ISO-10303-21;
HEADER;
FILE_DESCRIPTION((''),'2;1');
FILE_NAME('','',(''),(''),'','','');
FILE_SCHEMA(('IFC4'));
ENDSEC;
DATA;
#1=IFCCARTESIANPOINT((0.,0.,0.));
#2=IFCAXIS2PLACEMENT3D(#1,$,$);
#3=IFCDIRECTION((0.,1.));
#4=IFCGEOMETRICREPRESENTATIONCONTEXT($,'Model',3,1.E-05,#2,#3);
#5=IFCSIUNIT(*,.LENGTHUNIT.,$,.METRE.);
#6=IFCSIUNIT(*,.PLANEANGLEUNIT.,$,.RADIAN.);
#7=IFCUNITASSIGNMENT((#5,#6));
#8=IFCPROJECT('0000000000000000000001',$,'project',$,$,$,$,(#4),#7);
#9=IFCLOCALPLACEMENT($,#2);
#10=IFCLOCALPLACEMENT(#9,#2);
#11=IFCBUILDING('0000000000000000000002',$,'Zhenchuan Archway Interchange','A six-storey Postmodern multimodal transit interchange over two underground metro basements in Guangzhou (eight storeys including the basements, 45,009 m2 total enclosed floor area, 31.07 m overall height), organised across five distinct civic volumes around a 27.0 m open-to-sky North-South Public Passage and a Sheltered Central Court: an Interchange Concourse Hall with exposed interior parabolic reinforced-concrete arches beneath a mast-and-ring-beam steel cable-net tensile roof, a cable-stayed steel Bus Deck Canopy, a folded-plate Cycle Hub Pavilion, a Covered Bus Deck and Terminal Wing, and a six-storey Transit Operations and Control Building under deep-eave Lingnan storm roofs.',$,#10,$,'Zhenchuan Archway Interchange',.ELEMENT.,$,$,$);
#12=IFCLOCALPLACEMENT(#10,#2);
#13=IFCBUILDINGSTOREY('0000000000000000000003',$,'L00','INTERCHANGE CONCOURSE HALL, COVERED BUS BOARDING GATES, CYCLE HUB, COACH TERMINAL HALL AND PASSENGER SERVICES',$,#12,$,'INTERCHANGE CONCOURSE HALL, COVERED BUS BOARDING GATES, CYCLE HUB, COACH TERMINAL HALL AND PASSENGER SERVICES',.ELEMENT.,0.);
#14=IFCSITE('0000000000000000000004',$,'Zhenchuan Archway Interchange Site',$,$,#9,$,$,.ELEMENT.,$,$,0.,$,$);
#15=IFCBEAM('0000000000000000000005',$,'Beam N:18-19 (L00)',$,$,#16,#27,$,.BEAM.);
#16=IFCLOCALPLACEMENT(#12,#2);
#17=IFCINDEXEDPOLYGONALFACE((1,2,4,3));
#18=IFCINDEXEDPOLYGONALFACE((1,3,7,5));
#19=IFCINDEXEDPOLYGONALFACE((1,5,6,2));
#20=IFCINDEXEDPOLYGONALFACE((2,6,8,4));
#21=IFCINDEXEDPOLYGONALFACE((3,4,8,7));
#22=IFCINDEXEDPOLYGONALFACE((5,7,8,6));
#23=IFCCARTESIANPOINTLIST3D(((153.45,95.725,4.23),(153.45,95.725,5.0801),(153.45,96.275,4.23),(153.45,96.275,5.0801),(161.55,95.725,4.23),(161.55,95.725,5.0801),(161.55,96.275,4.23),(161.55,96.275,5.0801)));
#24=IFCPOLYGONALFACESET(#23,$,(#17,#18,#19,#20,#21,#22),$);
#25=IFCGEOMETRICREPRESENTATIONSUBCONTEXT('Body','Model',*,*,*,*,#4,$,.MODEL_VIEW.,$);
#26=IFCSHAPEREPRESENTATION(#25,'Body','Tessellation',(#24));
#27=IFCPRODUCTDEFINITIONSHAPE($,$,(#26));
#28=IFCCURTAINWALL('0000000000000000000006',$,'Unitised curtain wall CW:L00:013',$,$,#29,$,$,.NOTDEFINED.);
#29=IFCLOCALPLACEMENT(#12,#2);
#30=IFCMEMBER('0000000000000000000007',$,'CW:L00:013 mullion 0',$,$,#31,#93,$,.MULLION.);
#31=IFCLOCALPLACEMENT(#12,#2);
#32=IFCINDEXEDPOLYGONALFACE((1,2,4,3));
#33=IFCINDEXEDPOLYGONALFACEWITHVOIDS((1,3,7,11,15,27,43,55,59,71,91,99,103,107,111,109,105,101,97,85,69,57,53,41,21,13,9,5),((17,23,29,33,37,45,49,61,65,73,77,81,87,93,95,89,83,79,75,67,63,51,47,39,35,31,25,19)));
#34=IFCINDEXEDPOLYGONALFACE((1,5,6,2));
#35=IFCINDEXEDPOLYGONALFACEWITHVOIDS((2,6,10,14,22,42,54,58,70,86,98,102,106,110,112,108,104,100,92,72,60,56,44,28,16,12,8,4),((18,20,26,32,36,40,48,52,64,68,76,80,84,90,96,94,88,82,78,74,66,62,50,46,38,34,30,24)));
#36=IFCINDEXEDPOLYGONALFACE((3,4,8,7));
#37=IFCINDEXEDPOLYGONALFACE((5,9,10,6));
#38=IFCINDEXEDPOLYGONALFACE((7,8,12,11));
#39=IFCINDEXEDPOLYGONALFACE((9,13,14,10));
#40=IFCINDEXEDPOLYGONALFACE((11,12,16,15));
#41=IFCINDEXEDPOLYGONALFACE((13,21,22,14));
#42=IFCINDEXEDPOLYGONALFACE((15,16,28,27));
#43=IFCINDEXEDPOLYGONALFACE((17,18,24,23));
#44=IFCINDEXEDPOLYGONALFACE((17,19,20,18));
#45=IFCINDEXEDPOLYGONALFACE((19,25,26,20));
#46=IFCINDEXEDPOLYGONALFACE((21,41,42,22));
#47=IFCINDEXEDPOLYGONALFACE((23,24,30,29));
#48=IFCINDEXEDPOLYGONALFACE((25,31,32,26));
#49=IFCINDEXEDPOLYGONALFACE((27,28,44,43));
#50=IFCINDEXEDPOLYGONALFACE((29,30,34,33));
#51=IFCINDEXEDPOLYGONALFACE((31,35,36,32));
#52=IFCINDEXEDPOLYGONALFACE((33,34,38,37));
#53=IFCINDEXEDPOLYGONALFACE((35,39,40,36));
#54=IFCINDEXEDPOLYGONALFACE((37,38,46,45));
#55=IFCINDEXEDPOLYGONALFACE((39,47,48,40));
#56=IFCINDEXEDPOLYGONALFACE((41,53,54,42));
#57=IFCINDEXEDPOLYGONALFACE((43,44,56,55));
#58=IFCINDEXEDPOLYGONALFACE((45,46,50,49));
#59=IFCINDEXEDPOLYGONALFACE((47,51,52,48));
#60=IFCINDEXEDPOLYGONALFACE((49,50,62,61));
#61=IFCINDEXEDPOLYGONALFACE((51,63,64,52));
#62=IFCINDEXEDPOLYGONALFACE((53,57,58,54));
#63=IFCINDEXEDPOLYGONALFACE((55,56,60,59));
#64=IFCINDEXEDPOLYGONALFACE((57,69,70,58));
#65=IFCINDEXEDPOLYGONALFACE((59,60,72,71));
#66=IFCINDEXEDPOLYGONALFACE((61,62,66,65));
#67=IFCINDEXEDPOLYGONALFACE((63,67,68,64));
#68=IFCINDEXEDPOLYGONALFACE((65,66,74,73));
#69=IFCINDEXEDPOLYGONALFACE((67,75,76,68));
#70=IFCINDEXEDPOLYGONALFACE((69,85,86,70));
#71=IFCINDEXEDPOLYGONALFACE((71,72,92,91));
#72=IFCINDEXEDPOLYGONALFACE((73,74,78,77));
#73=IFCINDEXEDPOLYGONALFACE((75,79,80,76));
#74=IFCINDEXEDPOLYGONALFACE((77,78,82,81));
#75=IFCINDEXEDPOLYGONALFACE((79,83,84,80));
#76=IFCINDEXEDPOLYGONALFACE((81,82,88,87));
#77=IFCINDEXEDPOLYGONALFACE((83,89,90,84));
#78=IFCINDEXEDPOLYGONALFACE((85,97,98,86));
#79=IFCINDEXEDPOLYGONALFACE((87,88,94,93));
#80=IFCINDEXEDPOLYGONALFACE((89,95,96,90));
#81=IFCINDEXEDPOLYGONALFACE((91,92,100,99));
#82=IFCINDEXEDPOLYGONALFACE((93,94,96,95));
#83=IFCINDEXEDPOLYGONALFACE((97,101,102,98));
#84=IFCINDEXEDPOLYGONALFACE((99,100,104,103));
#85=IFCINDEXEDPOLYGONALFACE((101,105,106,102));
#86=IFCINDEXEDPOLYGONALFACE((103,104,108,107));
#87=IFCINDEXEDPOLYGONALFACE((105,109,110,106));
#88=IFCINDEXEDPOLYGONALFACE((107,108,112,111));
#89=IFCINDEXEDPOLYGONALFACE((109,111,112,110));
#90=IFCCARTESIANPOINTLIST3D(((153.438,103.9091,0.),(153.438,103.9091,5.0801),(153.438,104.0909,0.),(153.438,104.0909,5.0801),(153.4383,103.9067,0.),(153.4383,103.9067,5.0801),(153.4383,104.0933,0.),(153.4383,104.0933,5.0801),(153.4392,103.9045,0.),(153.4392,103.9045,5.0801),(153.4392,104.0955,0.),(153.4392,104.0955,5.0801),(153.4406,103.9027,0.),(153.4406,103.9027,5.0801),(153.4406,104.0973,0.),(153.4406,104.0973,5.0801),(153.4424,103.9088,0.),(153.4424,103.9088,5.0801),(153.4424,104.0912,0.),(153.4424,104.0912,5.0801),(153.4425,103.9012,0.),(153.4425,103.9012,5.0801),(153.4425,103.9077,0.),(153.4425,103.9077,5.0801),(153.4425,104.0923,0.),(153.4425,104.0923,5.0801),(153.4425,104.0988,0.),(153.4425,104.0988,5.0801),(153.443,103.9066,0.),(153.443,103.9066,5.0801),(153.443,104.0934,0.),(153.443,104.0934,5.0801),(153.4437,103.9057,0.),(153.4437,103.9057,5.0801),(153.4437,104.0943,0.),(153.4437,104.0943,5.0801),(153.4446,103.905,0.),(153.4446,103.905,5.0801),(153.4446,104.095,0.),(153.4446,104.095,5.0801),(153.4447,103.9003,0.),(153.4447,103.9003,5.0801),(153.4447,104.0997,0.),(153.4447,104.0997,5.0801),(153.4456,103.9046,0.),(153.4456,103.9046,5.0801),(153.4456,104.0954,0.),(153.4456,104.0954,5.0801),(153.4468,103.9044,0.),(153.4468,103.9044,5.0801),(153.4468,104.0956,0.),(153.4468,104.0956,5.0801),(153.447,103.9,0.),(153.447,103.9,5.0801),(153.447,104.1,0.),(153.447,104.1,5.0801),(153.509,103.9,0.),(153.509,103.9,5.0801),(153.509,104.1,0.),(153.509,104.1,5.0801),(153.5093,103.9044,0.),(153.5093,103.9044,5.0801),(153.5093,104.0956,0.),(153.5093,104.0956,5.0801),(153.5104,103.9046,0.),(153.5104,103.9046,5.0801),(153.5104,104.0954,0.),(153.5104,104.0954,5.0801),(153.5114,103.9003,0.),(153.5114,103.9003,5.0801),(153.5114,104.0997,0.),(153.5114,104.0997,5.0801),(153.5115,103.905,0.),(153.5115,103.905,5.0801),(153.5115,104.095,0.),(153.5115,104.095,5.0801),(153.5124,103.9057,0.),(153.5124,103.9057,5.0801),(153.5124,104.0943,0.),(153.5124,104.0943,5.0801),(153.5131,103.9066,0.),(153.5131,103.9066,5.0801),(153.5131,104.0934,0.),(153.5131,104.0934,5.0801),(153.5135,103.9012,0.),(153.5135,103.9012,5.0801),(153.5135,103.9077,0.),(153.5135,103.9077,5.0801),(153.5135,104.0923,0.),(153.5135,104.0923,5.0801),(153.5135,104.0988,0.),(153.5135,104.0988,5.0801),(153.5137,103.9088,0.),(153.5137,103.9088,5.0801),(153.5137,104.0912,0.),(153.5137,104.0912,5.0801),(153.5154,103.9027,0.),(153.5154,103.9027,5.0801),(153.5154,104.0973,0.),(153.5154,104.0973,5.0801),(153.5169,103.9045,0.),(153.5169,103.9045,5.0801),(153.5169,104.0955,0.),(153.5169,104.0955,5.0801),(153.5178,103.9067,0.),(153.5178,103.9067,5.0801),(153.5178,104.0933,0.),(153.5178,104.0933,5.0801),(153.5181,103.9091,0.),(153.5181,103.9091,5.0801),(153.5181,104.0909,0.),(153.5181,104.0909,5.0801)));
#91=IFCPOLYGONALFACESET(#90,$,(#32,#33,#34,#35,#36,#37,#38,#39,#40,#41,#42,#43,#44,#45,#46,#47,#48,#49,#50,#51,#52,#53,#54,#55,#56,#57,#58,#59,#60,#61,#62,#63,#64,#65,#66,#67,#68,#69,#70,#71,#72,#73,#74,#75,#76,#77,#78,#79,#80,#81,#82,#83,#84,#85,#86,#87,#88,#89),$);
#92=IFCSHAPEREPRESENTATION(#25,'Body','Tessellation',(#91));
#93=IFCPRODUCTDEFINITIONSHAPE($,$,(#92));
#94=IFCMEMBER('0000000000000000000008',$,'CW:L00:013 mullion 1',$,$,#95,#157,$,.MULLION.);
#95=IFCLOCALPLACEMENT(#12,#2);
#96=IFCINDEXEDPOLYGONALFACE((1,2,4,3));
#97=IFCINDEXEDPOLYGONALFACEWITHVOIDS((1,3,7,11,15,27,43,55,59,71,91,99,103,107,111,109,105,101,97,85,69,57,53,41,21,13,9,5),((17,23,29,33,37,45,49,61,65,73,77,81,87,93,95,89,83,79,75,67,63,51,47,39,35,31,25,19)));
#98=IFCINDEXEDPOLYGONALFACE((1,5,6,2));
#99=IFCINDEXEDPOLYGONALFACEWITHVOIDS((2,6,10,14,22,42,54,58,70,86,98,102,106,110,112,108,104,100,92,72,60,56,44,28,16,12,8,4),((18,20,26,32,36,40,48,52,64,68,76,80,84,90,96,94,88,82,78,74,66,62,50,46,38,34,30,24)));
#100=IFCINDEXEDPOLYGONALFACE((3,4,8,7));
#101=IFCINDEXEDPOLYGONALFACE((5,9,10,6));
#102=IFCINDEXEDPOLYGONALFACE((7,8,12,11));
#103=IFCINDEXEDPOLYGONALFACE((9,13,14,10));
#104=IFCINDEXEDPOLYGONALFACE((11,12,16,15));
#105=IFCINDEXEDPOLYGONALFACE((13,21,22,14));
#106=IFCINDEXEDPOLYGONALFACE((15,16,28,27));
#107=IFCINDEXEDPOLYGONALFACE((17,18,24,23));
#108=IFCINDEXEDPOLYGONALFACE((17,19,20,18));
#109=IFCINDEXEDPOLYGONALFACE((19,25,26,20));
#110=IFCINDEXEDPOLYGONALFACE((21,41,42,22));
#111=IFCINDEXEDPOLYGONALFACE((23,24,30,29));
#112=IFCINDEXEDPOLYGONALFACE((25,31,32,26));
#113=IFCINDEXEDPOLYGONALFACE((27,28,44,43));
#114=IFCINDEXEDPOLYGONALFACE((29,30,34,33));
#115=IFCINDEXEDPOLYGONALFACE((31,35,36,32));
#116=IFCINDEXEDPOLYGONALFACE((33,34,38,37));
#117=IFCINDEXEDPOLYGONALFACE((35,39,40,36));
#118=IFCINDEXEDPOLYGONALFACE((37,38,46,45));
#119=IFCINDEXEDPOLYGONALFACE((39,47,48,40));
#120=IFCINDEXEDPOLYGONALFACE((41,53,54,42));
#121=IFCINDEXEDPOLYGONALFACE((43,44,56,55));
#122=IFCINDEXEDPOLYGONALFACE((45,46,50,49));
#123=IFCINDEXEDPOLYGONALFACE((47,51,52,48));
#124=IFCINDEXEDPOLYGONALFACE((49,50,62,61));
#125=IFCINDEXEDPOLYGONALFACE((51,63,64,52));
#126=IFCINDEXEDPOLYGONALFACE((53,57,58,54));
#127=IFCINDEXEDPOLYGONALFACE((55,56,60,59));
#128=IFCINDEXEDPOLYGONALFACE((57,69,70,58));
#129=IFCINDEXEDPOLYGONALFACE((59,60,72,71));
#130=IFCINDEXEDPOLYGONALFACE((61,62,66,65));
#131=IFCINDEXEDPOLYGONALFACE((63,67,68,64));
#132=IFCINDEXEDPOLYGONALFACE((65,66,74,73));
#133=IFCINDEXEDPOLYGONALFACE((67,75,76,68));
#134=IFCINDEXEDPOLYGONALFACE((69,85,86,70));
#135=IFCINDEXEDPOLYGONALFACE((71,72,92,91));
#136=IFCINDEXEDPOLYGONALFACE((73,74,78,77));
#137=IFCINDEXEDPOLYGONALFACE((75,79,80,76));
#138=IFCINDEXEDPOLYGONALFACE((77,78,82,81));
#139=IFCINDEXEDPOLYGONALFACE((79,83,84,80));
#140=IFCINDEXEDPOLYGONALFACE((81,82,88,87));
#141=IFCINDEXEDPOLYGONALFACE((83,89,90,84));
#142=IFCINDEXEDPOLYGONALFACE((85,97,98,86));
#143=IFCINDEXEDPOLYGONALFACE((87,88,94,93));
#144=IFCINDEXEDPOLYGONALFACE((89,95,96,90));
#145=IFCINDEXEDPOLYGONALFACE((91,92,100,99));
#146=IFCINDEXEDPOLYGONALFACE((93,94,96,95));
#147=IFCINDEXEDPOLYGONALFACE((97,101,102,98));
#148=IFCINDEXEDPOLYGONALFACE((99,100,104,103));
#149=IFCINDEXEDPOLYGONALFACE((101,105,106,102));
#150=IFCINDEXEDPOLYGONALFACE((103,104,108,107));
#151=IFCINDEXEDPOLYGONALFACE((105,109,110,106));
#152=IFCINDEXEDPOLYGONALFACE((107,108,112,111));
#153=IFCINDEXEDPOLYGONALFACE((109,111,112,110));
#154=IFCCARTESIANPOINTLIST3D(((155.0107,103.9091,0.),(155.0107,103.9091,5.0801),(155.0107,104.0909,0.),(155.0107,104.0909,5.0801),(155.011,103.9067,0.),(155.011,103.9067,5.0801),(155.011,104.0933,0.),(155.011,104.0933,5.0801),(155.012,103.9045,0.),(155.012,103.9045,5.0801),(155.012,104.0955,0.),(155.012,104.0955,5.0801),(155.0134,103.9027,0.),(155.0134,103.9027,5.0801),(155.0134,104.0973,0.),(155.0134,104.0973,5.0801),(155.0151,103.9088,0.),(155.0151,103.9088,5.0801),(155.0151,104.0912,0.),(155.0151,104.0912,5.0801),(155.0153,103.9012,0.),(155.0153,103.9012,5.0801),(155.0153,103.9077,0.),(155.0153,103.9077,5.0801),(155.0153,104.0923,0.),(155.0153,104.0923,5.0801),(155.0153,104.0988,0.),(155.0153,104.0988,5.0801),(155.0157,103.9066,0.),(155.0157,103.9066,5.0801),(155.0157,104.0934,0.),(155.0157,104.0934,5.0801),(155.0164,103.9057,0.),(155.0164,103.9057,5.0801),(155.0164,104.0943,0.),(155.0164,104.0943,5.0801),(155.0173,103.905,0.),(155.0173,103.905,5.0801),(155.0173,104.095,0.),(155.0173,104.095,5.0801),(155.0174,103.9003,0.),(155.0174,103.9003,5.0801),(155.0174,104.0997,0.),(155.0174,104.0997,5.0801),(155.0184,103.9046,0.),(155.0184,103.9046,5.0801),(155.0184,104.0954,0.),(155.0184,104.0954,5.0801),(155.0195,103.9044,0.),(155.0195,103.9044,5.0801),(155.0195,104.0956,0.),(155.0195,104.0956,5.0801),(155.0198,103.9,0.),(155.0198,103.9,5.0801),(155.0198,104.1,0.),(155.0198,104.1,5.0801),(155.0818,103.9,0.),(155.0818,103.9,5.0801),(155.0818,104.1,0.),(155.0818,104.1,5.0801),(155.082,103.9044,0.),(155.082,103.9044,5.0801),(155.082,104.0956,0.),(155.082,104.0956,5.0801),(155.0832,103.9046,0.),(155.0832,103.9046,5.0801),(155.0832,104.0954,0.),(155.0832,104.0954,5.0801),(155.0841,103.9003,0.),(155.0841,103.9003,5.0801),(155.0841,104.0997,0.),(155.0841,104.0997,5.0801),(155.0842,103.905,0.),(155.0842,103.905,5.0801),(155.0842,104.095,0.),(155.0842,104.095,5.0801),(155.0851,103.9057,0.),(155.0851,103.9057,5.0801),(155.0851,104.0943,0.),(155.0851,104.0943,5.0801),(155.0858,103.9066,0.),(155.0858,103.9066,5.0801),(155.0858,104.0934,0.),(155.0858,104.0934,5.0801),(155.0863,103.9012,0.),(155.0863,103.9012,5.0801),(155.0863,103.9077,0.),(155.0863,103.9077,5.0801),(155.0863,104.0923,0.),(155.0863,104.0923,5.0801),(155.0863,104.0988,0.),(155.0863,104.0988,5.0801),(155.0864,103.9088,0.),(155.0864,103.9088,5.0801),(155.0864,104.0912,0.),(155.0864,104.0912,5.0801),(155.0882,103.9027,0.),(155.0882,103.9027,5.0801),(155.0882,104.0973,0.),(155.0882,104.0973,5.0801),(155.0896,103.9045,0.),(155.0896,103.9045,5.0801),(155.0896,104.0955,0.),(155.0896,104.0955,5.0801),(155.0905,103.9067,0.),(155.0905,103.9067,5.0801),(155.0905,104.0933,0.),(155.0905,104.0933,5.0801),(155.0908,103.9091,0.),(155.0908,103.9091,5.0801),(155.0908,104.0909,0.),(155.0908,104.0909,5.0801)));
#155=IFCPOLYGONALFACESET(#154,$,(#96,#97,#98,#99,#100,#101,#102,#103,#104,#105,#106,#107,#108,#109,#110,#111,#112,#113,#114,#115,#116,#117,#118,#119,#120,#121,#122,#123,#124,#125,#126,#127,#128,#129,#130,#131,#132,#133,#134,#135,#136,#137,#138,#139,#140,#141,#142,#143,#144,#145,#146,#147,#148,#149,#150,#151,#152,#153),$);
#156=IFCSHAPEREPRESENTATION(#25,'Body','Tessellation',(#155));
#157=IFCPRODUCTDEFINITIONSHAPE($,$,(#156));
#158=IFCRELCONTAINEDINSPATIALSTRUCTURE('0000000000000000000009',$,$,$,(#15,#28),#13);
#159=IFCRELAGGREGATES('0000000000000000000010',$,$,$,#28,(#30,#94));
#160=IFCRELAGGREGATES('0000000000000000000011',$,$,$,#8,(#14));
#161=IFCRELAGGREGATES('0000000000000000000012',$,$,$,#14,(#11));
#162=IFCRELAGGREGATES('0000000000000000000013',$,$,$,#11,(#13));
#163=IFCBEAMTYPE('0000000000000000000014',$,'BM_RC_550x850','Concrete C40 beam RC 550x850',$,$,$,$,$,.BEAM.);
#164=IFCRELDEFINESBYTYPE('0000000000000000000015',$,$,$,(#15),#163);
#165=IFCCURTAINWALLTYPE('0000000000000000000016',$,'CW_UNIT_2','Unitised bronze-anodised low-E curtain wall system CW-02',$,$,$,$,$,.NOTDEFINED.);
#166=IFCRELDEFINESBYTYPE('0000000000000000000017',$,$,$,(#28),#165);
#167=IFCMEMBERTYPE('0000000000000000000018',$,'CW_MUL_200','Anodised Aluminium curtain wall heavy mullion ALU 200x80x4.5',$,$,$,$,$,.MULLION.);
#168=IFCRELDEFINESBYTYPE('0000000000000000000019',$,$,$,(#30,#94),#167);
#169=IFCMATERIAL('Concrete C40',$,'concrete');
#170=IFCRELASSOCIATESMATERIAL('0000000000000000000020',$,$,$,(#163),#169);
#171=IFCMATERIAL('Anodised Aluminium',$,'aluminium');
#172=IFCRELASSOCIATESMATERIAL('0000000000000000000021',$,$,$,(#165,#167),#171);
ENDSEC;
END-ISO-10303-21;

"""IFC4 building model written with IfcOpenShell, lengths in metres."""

from ifc_helpers import new_model, si_unit, direction, frame, origin, origin_2d, place, context, subcontext, project, spatial, rectangle, hollow_rectangle, extrude, material, material_profile, profile_set, type_object, element, aggregate, save


model = new_model("IFC4")

# Units and contexts
model_context = context("Model", 3, precision=1e-05, world=origin(), true_north=direction((0.0, 1.0)))
body_context = subcontext(model_context, "Body", "Model", "MODEL_VIEW")
ifc_project = project(units=[si_unit("LENGTHUNIT", "METRE"), si_unit("PLANEANGLEUNIT", "RADIAN")], contexts=[model_context])

# Site, building, storey
site_placement = place(None, origin())
site = spatial("IfcSite", under=ifc_project, at=site_placement, Name="Zhenchuan Archway Interchange Site", CompositionType="ELEMENT", RefElevation=0.0)
building_placement = place(site_placement, origin())
building = spatial("IfcBuilding", under=site, at=building_placement, Name="Zhenchuan Archway Interchange", Description="A six-storey Postmodern multimodal transit interchange over two underground metro basements in Guangzhou (eight storeys including the basements, 45,009 m2 total enclosed floor area, 31.07 m overall height), organised across five distinct civic volumes around a 27.0 m open-to-sky North-South Public Passage and a Sheltered Central Court: an Interchange Concourse Hall with exposed interior parabolic reinforced-concrete arches beneath a mast-and-ring-beam steel cable-net tensile roof, a cable-stayed steel Bus Deck Canopy, a folded-plate Cycle Hub Pavilion, a Covered Bus Deck and Terminal Wing, and a six-storey Transit Operations and Control Building under deep-eave Lingnan storm roofs.", LongName="Zhenchuan Archway Interchange", CompositionType="ELEMENT")
storey_placement = place(building_placement, origin())
storey = spatial("IfcBuildingStorey", under=building, at=storey_placement, Name="L00", Description="INTERCHANGE CONCOURSE HALL, COVERED BUS BOARDING GATES, CYCLE HUB, COACH TERMINAL HALL AND PASSENGER SERVICES", LongName="INTERCHANGE CONCOURSE HALL, COVERED BUS BOARDING GATES, CYCLE HUB, COACH TERMINAL HALL AND PASSENGER SERVICES", CompositionType="ELEMENT", Elevation=0.0)

# Shared definitions
ifc_material_1 = material(Name="Concrete C40", Category="concrete")

# Beam
ifc_material_profile_1 = material_profile(ifc_material_1, rectangle(XDim=0.55, YDim=0.8501, at=origin_2d()), Name="RC 550x850")
ifc_profile_set_1 = profile_set([ifc_material_profile_1], Name="Concrete C40")
beam_type_1 = type_object("IfcBeamType", Name="BM_RC_550x850", Description="Concrete C40 beam RC 550x850", PredefinedType="BEAM", material=ifc_profile_set_1)
beam_1_placement = place(storey_placement, frame((153.45, 96.0, 4.655), z_axis=(1.0, 0.0, 0.0), x_axis=(0.0, 1.0, 0.0)))
element("IfcBeam", 1, at=beam_1_placement, inside=storey, type_object=beam_type_1, Name="Beam N:18-19 (L00)", PredefinedType="BEAM", context=body_context, shape_type="SweptSolid", body=[
    extrude(rectangle(XDim=0.55, YDim=0.8501, at=origin_2d()), origin(), (0.0, 0.0, 1.0), 8.1001),
])

# Curtain wall, members
ifc_material_2 = material(Name="Anodised Aluminium", Category="aluminium")
curtain_wall_type = type_object("IfcCurtainWallType", Name="CW_UNIT_2", Description="Unitised bronze-anodised low-E curtain wall system CW-02", PredefinedType="NOTDEFINED", material=ifc_material_2)
curtain_wall_placement = place(storey_placement, origin())
curtain_wall = element("IfcCurtainWall", 2, at=curtain_wall_placement, inside=storey, type_object=curtain_wall_type, Name="Unitised curtain wall CW:L00:013", PredefinedType="NOTDEFINED")
ifc_material_profile_2 = material_profile(ifc_material_2, hollow_rectangle(XDim=0.0801, YDim=0.2, WallThickness=0.0044, InnerFilletRadius=0.0044, OuterFilletRadius=0.009, at=origin_2d()), Name="ALU 200x80x4.5")
ifc_profile_set_2 = profile_set([ifc_material_profile_2], Name="Anodised Aluminium")
member_type_1 = type_object("IfcMemberType", Name="CW_MUL_200", Description="Anodised Aluminium curtain wall heavy mullion ALU 200x80x4.5", PredefinedType="MULLION", material=ifc_profile_set_2)
member_1_placement = place(storey_placement, frame((153.478, 104.0, 0.0), z_axis=(0.0, 0.0, 1.0), x_axis=(1.0, 0.0, 0.0)))
member_1 = element("IfcMember", 3, at=member_1_placement, type_object=member_type_1, Name="CW:L00:013 mullion 0", PredefinedType="MULLION", context=body_context, shape_type="SweptSolid", body=[
    extrude(hollow_rectangle(XDim=0.0801, YDim=0.2, WallThickness=0.0044, InnerFilletRadius=0.0044, OuterFilletRadius=0.009, at=origin_2d()), origin(), (0.0, 0.0, 1.0), 5.0801),
])
member_2_placement = place(storey_placement, frame((155.0508, 104.0, 0.0), z_axis=(0.0, 0.0, 1.0), x_axis=(1.0, 0.0, 0.0)))
member_2 = element("IfcMember", 4, at=member_2_placement, type_object=member_type_1, Name="CW:L00:013 mullion 1", PredefinedType="MULLION", context=body_context, shape_type="SweptSolid", body=[
    extrude(hollow_rectangle(XDim=0.0801, YDim=0.2, WallThickness=0.0044, InnerFilletRadius=0.0044, OuterFilletRadius=0.009, at=origin_2d()), origin(), (0.0, 0.0, 1.0), 5.0801),
])

aggregate(curtain_wall, [member_1, member_2])

save(model, "model.ifc")
